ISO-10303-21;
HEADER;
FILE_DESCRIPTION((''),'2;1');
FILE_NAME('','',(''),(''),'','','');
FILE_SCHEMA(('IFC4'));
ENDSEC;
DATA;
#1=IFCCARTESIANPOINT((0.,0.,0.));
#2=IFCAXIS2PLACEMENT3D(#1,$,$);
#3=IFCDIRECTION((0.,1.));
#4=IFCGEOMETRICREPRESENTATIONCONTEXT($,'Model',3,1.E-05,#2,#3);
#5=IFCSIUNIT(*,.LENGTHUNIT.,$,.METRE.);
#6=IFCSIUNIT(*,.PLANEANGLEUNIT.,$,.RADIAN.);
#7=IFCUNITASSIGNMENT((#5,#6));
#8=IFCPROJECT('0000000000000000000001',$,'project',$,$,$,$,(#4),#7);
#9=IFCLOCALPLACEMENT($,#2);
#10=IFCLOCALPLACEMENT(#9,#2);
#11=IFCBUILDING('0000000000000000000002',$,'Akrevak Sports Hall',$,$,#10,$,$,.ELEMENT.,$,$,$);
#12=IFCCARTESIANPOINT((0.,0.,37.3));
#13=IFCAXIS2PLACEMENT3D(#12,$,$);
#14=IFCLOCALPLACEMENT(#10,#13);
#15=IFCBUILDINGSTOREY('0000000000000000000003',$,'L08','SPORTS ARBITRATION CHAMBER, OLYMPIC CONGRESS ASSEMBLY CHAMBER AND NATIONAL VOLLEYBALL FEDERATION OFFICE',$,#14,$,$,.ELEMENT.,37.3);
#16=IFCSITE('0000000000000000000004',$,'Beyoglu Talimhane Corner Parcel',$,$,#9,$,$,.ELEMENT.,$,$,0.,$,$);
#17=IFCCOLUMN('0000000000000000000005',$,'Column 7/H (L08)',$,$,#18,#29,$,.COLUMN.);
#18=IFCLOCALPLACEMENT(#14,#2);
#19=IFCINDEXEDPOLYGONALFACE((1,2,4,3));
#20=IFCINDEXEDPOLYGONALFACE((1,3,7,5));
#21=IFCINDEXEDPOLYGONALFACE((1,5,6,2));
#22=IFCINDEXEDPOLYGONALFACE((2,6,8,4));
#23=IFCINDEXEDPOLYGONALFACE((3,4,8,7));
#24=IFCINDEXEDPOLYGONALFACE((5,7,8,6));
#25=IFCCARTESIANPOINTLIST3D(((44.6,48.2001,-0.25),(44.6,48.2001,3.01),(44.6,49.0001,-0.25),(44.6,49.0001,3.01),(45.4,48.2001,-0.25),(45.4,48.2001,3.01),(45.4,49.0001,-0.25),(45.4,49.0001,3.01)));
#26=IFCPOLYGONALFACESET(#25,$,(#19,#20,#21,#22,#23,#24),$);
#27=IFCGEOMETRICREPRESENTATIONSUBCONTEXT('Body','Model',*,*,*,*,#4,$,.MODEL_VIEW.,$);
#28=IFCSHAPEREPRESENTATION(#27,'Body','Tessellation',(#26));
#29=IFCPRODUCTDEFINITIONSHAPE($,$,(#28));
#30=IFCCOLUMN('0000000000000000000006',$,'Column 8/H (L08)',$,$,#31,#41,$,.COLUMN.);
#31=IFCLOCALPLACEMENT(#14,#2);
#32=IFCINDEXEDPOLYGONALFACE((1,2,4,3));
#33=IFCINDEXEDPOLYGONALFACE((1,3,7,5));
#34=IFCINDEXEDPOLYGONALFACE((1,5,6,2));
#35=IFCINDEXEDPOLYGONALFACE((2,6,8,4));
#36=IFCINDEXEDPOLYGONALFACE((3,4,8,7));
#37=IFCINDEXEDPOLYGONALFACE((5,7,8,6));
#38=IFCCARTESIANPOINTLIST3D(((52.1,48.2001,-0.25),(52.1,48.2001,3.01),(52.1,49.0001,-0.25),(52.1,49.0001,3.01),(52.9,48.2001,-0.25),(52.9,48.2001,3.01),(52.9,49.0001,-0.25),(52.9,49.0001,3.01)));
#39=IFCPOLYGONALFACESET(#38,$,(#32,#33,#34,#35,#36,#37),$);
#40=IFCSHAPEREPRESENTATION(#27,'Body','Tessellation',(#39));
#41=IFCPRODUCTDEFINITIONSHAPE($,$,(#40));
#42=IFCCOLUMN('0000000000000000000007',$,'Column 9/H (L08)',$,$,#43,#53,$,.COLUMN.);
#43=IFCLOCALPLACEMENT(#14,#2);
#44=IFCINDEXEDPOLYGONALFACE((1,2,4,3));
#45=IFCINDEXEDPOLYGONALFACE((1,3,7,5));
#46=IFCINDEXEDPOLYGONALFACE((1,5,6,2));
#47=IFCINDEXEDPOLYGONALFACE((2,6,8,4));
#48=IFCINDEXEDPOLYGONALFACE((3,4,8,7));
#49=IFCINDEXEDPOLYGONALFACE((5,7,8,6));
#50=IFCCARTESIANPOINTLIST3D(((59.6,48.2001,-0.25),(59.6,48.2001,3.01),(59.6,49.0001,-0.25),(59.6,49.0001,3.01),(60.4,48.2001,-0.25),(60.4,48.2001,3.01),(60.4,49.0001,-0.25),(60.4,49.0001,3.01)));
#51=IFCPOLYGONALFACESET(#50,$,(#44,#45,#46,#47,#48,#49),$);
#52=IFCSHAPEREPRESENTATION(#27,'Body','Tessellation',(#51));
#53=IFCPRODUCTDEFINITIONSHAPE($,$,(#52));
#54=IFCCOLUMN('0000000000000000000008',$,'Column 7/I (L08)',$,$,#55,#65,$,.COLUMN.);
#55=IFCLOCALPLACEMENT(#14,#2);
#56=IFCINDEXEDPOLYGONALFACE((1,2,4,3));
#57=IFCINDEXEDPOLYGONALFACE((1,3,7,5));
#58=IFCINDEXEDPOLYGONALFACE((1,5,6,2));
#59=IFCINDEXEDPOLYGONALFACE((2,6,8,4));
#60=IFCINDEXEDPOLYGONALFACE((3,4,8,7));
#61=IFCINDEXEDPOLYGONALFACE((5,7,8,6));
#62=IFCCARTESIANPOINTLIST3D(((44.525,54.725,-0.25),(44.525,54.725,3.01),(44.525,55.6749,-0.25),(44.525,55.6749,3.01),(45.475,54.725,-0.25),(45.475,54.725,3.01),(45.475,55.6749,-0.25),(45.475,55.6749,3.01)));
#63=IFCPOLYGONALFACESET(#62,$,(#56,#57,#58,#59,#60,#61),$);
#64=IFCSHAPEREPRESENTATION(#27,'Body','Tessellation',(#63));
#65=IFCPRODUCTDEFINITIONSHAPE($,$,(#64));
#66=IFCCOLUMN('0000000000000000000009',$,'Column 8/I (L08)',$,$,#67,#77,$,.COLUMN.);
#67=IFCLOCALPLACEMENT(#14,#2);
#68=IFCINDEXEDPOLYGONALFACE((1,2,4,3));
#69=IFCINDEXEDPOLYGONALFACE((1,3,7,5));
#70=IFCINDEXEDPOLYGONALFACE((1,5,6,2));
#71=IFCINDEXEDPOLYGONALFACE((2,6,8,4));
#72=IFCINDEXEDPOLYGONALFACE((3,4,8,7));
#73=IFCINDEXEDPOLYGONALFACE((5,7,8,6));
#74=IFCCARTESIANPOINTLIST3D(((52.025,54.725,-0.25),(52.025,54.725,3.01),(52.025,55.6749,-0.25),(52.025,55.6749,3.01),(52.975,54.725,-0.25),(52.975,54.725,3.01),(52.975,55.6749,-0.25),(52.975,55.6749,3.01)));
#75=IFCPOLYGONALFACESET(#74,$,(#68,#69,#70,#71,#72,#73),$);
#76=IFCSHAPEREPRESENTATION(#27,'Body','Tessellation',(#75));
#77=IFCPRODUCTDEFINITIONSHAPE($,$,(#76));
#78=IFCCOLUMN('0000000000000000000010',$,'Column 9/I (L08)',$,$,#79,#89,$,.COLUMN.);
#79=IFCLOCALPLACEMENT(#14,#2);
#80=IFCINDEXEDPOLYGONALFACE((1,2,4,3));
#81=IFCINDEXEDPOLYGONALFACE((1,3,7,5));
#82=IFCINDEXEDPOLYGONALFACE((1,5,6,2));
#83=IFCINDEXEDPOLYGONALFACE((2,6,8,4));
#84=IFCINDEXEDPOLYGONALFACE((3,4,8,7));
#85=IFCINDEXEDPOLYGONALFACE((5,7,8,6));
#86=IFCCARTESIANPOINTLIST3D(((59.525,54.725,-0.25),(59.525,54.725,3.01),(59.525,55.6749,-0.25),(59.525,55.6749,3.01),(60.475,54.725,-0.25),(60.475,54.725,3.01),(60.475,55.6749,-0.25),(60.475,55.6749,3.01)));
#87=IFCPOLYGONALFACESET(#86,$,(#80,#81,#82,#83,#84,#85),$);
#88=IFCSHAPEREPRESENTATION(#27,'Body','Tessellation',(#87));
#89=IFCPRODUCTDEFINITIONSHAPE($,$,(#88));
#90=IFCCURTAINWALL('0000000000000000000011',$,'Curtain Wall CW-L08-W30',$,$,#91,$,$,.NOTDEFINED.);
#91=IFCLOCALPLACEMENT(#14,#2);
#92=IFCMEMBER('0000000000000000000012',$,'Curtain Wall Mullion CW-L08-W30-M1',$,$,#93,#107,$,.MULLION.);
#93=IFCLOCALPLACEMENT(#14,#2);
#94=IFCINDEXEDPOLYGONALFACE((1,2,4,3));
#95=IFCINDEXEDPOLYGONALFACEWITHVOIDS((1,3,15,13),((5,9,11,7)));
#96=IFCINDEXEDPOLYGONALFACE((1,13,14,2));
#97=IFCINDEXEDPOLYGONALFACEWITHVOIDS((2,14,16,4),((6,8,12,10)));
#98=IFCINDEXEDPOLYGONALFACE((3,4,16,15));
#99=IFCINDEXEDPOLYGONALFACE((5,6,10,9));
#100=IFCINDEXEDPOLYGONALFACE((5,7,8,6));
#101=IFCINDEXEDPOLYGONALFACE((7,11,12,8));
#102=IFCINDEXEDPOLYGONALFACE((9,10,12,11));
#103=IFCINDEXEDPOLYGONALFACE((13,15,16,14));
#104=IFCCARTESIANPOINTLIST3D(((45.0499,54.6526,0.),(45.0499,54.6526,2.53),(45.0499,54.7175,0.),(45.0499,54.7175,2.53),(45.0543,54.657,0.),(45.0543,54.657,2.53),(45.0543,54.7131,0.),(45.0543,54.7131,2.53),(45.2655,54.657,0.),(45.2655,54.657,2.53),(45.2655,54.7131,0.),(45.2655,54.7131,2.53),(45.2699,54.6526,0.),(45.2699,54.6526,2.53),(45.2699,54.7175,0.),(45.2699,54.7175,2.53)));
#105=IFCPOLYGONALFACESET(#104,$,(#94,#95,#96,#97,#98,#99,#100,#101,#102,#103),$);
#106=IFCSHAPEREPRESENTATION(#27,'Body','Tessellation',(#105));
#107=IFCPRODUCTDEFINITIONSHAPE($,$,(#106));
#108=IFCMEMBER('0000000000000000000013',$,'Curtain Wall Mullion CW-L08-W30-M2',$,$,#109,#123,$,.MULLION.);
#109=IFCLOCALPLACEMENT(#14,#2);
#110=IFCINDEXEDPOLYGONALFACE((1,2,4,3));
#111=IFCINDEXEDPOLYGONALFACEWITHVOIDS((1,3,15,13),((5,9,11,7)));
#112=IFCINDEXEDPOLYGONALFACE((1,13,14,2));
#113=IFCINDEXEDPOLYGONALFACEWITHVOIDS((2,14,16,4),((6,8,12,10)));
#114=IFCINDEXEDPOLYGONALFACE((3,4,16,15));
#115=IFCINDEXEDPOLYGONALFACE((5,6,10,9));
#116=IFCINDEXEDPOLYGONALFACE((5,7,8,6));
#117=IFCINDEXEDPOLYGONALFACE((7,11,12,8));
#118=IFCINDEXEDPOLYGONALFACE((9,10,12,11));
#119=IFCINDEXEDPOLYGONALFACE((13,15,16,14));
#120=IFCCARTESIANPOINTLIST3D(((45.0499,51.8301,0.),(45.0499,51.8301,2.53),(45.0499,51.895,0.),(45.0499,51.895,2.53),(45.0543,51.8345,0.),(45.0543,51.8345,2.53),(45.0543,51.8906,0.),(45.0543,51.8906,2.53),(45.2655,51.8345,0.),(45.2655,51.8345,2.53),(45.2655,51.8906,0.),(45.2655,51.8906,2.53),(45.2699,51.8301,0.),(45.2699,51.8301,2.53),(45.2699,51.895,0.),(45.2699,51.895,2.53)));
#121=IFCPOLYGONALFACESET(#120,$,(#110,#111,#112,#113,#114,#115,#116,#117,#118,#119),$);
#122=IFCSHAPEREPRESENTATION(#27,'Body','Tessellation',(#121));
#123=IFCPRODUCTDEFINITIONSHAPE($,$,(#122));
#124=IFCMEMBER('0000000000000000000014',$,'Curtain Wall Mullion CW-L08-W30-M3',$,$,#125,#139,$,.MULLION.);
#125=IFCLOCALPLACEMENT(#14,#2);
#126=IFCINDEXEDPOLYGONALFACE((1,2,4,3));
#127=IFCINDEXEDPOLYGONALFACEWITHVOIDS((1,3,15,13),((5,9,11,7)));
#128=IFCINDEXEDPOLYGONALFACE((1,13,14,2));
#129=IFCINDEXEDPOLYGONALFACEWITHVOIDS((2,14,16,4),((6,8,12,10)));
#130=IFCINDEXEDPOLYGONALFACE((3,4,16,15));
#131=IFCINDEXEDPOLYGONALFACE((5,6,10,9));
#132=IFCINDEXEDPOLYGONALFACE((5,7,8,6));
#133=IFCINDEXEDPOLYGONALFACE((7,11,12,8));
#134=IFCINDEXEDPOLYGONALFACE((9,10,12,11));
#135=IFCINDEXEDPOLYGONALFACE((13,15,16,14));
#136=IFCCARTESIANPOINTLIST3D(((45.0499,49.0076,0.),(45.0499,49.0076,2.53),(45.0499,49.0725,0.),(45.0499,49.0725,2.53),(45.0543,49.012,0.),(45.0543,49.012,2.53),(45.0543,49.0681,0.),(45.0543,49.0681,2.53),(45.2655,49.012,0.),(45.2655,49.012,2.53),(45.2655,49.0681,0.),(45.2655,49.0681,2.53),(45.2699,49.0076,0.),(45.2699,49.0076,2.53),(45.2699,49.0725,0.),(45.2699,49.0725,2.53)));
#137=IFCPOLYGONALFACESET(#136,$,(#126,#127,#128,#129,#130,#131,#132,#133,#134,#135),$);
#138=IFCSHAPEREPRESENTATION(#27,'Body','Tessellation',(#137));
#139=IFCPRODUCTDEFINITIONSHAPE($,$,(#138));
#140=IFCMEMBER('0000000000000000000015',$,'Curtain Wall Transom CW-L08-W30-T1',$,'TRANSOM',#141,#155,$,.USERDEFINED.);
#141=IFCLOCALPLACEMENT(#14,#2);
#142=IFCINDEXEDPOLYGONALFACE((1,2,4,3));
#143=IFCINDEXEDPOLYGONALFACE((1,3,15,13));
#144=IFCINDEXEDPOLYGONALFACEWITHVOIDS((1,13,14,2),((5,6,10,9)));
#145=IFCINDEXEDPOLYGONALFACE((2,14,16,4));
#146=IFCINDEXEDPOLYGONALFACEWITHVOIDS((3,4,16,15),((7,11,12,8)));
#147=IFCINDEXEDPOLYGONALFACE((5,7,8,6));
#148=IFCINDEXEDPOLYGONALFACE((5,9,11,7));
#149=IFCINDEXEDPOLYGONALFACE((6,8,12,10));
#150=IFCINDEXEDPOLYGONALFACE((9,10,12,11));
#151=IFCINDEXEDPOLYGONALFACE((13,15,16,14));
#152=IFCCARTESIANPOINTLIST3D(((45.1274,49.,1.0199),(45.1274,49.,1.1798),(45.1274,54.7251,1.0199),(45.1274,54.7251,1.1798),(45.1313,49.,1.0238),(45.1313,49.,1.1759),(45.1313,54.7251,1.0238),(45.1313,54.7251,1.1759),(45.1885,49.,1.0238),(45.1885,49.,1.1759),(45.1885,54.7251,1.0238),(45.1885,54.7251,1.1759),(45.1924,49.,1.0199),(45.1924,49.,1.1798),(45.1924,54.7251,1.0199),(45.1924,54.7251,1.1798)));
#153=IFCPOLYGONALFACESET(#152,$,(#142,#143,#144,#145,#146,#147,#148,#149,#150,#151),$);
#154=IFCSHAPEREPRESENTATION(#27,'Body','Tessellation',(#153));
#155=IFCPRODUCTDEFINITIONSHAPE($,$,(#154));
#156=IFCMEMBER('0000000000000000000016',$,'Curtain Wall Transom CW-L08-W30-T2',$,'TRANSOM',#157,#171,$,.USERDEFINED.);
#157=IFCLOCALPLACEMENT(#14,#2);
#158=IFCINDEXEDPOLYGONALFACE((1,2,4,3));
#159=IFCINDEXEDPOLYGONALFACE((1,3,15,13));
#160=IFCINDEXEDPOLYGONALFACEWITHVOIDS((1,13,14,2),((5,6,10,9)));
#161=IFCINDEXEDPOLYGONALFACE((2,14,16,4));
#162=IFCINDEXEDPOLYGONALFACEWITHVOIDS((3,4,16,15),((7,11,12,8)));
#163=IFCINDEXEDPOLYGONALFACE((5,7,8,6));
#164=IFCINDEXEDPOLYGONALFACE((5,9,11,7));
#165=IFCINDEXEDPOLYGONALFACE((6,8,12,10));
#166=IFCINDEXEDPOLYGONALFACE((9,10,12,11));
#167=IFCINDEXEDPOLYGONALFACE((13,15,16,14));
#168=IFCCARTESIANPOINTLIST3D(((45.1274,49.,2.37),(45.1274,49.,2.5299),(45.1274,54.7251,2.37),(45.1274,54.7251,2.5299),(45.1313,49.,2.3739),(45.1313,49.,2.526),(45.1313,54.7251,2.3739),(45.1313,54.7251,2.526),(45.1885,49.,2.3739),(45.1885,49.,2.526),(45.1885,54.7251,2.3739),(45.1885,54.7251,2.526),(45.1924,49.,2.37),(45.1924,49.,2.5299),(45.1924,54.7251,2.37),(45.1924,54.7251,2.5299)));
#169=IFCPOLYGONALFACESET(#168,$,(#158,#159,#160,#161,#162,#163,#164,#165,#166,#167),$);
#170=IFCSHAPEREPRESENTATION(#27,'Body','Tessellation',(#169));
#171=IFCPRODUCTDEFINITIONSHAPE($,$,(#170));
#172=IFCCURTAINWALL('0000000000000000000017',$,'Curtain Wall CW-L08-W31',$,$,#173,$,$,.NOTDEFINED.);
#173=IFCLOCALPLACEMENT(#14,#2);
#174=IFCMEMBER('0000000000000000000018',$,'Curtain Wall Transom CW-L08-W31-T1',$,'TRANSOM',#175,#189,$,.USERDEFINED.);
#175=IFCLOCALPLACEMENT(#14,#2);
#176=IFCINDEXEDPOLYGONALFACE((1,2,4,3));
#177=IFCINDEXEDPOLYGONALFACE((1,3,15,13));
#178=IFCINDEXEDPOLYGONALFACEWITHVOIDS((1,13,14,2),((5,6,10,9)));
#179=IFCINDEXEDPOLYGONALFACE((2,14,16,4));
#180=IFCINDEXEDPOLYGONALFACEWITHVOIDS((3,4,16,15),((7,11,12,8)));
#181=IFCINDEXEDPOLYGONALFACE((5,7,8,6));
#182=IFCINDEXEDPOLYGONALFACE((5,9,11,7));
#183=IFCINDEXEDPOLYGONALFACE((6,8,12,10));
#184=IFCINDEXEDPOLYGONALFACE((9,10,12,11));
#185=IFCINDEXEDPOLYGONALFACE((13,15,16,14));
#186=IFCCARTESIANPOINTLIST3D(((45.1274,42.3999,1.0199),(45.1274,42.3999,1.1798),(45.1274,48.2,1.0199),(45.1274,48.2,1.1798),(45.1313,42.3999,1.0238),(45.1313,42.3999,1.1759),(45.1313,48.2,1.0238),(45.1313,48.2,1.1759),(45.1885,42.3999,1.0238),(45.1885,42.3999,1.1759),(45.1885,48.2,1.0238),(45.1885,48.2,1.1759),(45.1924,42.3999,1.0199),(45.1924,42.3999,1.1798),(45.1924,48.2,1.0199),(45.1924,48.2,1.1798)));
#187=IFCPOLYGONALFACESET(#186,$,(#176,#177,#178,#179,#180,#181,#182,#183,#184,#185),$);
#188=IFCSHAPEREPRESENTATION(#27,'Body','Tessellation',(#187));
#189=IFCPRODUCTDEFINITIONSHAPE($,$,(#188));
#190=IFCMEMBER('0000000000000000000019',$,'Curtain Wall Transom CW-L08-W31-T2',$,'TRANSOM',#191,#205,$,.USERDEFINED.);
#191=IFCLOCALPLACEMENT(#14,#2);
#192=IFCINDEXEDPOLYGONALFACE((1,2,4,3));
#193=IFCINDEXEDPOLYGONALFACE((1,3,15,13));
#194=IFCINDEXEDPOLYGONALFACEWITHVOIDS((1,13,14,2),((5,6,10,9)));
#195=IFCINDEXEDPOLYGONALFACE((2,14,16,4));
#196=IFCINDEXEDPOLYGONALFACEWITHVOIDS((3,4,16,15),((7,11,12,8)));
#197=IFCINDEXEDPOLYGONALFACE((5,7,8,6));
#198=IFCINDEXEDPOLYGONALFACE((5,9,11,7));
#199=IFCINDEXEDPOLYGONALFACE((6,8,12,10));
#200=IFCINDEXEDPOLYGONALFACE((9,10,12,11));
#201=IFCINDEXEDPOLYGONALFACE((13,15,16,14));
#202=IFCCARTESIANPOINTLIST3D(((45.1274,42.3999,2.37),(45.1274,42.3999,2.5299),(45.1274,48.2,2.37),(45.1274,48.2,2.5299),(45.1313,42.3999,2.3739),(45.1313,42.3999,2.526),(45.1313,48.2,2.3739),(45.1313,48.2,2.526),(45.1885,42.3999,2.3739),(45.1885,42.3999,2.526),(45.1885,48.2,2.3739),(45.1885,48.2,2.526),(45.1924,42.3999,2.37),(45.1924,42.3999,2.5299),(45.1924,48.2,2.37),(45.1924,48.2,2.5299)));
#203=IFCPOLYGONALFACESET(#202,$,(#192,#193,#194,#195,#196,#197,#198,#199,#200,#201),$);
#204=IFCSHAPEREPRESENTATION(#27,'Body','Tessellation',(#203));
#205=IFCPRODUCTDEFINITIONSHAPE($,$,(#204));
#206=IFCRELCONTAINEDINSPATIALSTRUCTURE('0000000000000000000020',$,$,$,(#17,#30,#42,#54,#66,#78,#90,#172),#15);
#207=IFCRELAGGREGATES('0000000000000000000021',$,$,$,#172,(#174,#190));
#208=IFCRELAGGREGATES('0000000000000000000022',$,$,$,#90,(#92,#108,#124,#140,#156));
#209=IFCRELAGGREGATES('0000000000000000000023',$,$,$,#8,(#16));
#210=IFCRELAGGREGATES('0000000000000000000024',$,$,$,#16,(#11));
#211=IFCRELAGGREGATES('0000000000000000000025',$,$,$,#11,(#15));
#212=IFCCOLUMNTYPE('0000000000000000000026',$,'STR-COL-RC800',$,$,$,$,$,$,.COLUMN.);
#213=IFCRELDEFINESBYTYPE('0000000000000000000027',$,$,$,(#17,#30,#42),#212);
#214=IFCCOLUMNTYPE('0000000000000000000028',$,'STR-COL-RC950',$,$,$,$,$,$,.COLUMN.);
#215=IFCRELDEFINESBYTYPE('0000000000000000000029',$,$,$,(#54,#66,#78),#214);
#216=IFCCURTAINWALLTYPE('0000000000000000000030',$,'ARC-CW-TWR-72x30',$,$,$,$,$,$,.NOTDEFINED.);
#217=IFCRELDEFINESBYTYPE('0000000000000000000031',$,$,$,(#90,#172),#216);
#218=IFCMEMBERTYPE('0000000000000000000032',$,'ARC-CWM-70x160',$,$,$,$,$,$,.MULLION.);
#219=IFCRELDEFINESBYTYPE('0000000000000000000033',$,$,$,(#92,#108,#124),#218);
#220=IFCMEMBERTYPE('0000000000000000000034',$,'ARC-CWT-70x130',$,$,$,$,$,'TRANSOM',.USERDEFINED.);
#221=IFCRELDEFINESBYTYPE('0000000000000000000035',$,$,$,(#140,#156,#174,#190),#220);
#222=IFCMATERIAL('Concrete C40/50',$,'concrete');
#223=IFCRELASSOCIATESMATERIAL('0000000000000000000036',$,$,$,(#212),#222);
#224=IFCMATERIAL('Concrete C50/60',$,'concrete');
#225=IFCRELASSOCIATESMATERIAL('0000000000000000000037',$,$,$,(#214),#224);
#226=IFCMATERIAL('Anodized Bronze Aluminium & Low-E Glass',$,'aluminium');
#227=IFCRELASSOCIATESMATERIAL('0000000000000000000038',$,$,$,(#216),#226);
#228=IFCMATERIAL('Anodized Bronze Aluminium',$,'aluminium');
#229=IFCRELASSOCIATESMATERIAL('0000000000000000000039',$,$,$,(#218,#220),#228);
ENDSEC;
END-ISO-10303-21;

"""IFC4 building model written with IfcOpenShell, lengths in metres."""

from ifc_helpers import new_model, si_unit, direction, frame, origin, origin_2d, place, context, subcontext, project, spatial, rectangle, hollow_rectangle, extrude, material, material_profile, profile_set, type_object, element, aggregate, save


model = new_model("IFC4")

# Units and contexts
model_context = context("Model", 3, precision=1e-05, world=origin(), true_north=direction((0.0, 1.0)))
body_context = subcontext(model_context, "Body", "Model", "MODEL_VIEW")
ifc_project = project(units=[si_unit("LENGTHUNIT", "METRE"), si_unit("PLANEANGLEUNIT", "RADIAN")], contexts=[model_context])

# Site, building, storey
site_placement = place(None, origin())
site = spatial("IfcSite", under=ifc_project, at=site_placement, Name="Beyoglu Talimhane Corner Parcel", CompositionType="ELEMENT", RefElevation=0.0)
building_placement = place(site_placement, origin())
building = spatial("IfcBuilding", under=site, at=building_placement, Name="Akrevak Sports Hall", CompositionType="ELEMENT")
storey_placement = place(building_placement, frame((0.0, 0.0, 37.3)))
storey = spatial("IfcBuildingStorey", under=building, at=storey_placement, Name="L08", Description="SPORTS ARBITRATION CHAMBER, OLYMPIC CONGRESS ASSEMBLY CHAMBER AND NATIONAL VOLLEYBALL FEDERATION OFFICE", CompositionType="ELEMENT", Elevation=37.3)

# Columns
ifc_material_1 = material(Name="Concrete C40/50", Category="concrete")
ifc_material_profile_1 = material_profile(ifc_material_1, rectangle(XDim=0.8, YDim=0.8, at=origin_2d()), Name="RC 800x800", Category="concrete")
ifc_profile_set_1 = profile_set([ifc_material_profile_1], Name="Concrete C40/50")
column_type_1 = type_object("IfcColumnType", Name="STR-COL-RC800", PredefinedType="COLUMN", material=ifc_profile_set_1)
for number, where, z_axis, x_axis, name in (
    (1, (45.0, 48.6001, -0.25), (0.0, 0.0, 1.0), (1.0, 0.0, 0.0), "Column 7/H (L08)"),
    (2, (52.5, 48.6001, -0.25), (0.0, 0.0, 1.0), (1.0, 0.0, 0.0), "Column 8/H (L08)"),
    (3, (60.0, 48.6001, -0.25), (0.0, 0.0, 1.0), (1.0, 0.0, 0.0), "Column 9/H (L08)"),
):
    element("IfcColumn", number, at=place(storey_placement, frame(where, z_axis=z_axis, x_axis=x_axis)), inside=storey, type_object=column_type_1, Name=name, PredefinedType="COLUMN", context=body_context, shape_type="SweptSolid", body=[
        extrude(rectangle(XDim=0.8, YDim=0.8, at=origin_2d()), origin(), (0.0, 0.0, 1.0), 3.26),
    ])
ifc_material_2 = material(Name="Concrete C50/60", Category="concrete")
ifc_material_profile_2 = material_profile(ifc_material_2, rectangle(XDim=0.95, YDim=0.95, at=origin_2d()), Name="RC 950x950", Category="concrete")
ifc_profile_set_2 = profile_set([ifc_material_profile_2], Name="Concrete C50/60")
column_type_2 = type_object("IfcColumnType", Name="STR-COL-RC950", PredefinedType="COLUMN", material=ifc_profile_set_2)
for number, where, z_axis, x_axis, name in (
    (4, (45.0, 55.2, -0.25), (0.0, 0.0, 1.0), (1.0, 0.0, 0.0), "Column 7/I (L08)"),
    (5, (52.5, 55.2, -0.25), (0.0, 0.0, 1.0), (1.0, 0.0, 0.0), "Column 8/I (L08)"),
    (6, (60.0, 55.2, -0.25), (0.0, 0.0, 1.0), (1.0, 0.0, 0.0), "Column 9/I (L08)"),
):
    element("IfcColumn", number, at=place(storey_placement, frame(where, z_axis=z_axis, x_axis=x_axis)), inside=storey, type_object=column_type_2, Name=name, PredefinedType="COLUMN", context=body_context, shape_type="SweptSolid", body=[
        extrude(rectangle(XDim=0.95, YDim=0.95, at=origin_2d()), origin(), (0.0, 0.0, 1.0), 3.26),
    ])

# Curtain walls, members
ifc_material_3 = material(Name="Anodized Bronze Aluminium & Low-E Glass", Category="aluminium")
curtain_wall_type = type_object("IfcCurtainWallType", Name="ARC-CW-TWR-72x30", PredefinedType="NOTDEFINED", material=ifc_material_3)
curtain_wall_1_placement = place(storey_placement, origin())
curtain_wall_1 = element("IfcCurtainWall", 7, at=curtain_wall_1_placement, inside=storey, type_object=curtain_wall_type, Name="Curtain Wall CW-L08-W30", PredefinedType="NOTDEFINED")
ifc_material_4 = material(Name="Anodized Bronze Aluminium", Category="aluminium")
ifc_material_profile_3 = material_profile(ifc_material_4, hollow_rectangle(XDim=0.0649, YDim=0.22, WallThickness=0.0044, at=origin_2d()), Name="CWM 65x220", Category="aluminium")
ifc_profile_set_3 = profile_set([ifc_material_profile_3], Name="Anodized Bronze Aluminium")
member_type_1 = type_object("IfcMemberType", Name="ARC-CWM-70x160", PredefinedType="MULLION", material=ifc_profile_set_3)
member_1_placement = place(storey_placement, frame((45.1599, 54.6851, 0.0), z_axis=(0.0, 0.0, 1.0), x_axis=(0.0, -1.0, 0.0)))
member_1 = element("IfcMember", 8, at=member_1_placement, type_object=member_type_1, Name="Curtain Wall Mullion CW-L08-W30-M1", PredefinedType="MULLION", context=body_context, shape_type="SweptSolid", body=[
    extrude(hollow_rectangle(XDim=0.0649, YDim=0.22, WallThickness=0.0044, at=origin_2d()), origin(), (0.0, 0.0, 1.0), 2.53),
])
member_2_placement = place(storey_placement, frame((45.1599, 51.8625, 0.0), z_axis=(0.0, 0.0, 1.0), x_axis=(0.0, -1.0, 0.0)))
member_2 = element("IfcMember", 9, at=member_2_placement, type_object=member_type_1, Name="Curtain Wall Mullion CW-L08-W30-M2", PredefinedType="MULLION", context=body_context, shape_type="SweptSolid", body=[
    extrude(hollow_rectangle(XDim=0.0649, YDim=0.22, WallThickness=0.0044, at=origin_2d()), origin(), (0.0, 0.0, 1.0), 2.53),
])
member_3_placement = place(storey_placement, frame((45.1599, 49.04, 0.0), z_axis=(0.0, 0.0, 1.0), x_axis=(0.0, -1.0, 0.0)))
member_3 = element("IfcMember", 10, at=member_3_placement, type_object=member_type_1, Name="Curtain Wall Mullion CW-L08-W30-M3", PredefinedType="MULLION", context=body_context, shape_type="SweptSolid", body=[
    extrude(hollow_rectangle(XDim=0.0649, YDim=0.22, WallThickness=0.0044, at=origin_2d()), origin(), (0.0, 0.0, 1.0), 2.53),
])
ifc_material_profile_4 = material_profile(ifc_material_4, hollow_rectangle(XDim=0.0649, YDim=0.1599, WallThickness=0.0039, at=origin_2d()), Name="CWT 65x160", Category="aluminium")
ifc_profile_set_4 = profile_set([ifc_material_profile_4], Name="Anodized Bronze Aluminium")
member_type_2 = type_object("IfcMemberType", Name="ARC-CWT-70x130", ElementType="TRANSOM", PredefinedType="USERDEFINED", material=ifc_profile_set_4)
member_4_placement = place(storey_placement, frame((45.1599, 54.7251, 1.0999), z_axis=(0.0, -1.0, 0.0), x_axis=(1.0, 0.0, 0.0)))
member_4 = element("IfcMember", 11, at=member_4_placement, type_object=member_type_2, Name="Curtain Wall Transom CW-L08-W30-T1", ObjectType="TRANSOM", PredefinedType="USERDEFINED", context=body_context, shape_type="SweptSolid", body=[
    extrude(hollow_rectangle(XDim=0.0649, YDim=0.1599, WallThickness=0.0039, at=origin_2d()), origin(), (0.0, 0.0, 1.0), 5.7251),
])
member_5_placement = place(storey_placement, frame((45.1599, 54.7251, 2.45), z_axis=(0.0, -1.0, 0.0), x_axis=(1.0, 0.0, 0.0)))
member_5 = element("IfcMember", 12, at=member_5_placement, type_object=member_type_2, Name="Curtain Wall Transom CW-L08-W30-T2", ObjectType="TRANSOM", PredefinedType="USERDEFINED", context=body_context, shape_type="SweptSolid", body=[
    extrude(hollow_rectangle(XDim=0.0649, YDim=0.1599, WallThickness=0.0039, at=origin_2d()), origin(), (0.0, 0.0, 1.0), 5.7251),
])
curtain_wall_2_placement = place(storey_placement, origin())
curtain_wall_2 = element("IfcCurtainWall", 13, at=curtain_wall_2_placement, inside=storey, type_object=curtain_wall_type, Name="Curtain Wall CW-L08-W31", PredefinedType="NOTDEFINED")
member_6_placement = place(storey_placement, frame((45.1599, 48.2, 1.0999), z_axis=(0.0, -1.0, 0.0), x_axis=(1.0, 0.0, 0.0)))
member_6 = element("IfcMember", 14, at=member_6_placement, type_object=member_type_2, Name="Curtain Wall Transom CW-L08-W31-T1", ObjectType="TRANSOM", PredefinedType="USERDEFINED", context=body_context, shape_type="SweptSolid", body=[
    extrude(hollow_rectangle(XDim=0.0649, YDim=0.1599, WallThickness=0.0039, at=origin_2d()), origin(), (0.0, 0.0, 1.0), 5.8),
])
member_7_placement = place(storey_placement, frame((45.1599, 48.2, 2.45), z_axis=(0.0, -1.0, 0.0), x_axis=(1.0, 0.0, 0.0)))
member_7 = element("IfcMember", 15, at=member_7_placement, type_object=member_type_2, Name="Curtain Wall Transom CW-L08-W31-T2", ObjectType="TRANSOM", PredefinedType="USERDEFINED", context=body_context, shape_type="SweptSolid", body=[
    extrude(hollow_rectangle(XDim=0.0649, YDim=0.1599, WallThickness=0.0039, at=origin_2d()), origin(), (0.0, 0.0, 1.0), 5.8),
])
aggregate(curtain_wall_2, [member_6, member_7])

aggregate(curtain_wall_1, [member_1, member_2, member_3, member_4, member_5])

save(model, "model.ifc")
